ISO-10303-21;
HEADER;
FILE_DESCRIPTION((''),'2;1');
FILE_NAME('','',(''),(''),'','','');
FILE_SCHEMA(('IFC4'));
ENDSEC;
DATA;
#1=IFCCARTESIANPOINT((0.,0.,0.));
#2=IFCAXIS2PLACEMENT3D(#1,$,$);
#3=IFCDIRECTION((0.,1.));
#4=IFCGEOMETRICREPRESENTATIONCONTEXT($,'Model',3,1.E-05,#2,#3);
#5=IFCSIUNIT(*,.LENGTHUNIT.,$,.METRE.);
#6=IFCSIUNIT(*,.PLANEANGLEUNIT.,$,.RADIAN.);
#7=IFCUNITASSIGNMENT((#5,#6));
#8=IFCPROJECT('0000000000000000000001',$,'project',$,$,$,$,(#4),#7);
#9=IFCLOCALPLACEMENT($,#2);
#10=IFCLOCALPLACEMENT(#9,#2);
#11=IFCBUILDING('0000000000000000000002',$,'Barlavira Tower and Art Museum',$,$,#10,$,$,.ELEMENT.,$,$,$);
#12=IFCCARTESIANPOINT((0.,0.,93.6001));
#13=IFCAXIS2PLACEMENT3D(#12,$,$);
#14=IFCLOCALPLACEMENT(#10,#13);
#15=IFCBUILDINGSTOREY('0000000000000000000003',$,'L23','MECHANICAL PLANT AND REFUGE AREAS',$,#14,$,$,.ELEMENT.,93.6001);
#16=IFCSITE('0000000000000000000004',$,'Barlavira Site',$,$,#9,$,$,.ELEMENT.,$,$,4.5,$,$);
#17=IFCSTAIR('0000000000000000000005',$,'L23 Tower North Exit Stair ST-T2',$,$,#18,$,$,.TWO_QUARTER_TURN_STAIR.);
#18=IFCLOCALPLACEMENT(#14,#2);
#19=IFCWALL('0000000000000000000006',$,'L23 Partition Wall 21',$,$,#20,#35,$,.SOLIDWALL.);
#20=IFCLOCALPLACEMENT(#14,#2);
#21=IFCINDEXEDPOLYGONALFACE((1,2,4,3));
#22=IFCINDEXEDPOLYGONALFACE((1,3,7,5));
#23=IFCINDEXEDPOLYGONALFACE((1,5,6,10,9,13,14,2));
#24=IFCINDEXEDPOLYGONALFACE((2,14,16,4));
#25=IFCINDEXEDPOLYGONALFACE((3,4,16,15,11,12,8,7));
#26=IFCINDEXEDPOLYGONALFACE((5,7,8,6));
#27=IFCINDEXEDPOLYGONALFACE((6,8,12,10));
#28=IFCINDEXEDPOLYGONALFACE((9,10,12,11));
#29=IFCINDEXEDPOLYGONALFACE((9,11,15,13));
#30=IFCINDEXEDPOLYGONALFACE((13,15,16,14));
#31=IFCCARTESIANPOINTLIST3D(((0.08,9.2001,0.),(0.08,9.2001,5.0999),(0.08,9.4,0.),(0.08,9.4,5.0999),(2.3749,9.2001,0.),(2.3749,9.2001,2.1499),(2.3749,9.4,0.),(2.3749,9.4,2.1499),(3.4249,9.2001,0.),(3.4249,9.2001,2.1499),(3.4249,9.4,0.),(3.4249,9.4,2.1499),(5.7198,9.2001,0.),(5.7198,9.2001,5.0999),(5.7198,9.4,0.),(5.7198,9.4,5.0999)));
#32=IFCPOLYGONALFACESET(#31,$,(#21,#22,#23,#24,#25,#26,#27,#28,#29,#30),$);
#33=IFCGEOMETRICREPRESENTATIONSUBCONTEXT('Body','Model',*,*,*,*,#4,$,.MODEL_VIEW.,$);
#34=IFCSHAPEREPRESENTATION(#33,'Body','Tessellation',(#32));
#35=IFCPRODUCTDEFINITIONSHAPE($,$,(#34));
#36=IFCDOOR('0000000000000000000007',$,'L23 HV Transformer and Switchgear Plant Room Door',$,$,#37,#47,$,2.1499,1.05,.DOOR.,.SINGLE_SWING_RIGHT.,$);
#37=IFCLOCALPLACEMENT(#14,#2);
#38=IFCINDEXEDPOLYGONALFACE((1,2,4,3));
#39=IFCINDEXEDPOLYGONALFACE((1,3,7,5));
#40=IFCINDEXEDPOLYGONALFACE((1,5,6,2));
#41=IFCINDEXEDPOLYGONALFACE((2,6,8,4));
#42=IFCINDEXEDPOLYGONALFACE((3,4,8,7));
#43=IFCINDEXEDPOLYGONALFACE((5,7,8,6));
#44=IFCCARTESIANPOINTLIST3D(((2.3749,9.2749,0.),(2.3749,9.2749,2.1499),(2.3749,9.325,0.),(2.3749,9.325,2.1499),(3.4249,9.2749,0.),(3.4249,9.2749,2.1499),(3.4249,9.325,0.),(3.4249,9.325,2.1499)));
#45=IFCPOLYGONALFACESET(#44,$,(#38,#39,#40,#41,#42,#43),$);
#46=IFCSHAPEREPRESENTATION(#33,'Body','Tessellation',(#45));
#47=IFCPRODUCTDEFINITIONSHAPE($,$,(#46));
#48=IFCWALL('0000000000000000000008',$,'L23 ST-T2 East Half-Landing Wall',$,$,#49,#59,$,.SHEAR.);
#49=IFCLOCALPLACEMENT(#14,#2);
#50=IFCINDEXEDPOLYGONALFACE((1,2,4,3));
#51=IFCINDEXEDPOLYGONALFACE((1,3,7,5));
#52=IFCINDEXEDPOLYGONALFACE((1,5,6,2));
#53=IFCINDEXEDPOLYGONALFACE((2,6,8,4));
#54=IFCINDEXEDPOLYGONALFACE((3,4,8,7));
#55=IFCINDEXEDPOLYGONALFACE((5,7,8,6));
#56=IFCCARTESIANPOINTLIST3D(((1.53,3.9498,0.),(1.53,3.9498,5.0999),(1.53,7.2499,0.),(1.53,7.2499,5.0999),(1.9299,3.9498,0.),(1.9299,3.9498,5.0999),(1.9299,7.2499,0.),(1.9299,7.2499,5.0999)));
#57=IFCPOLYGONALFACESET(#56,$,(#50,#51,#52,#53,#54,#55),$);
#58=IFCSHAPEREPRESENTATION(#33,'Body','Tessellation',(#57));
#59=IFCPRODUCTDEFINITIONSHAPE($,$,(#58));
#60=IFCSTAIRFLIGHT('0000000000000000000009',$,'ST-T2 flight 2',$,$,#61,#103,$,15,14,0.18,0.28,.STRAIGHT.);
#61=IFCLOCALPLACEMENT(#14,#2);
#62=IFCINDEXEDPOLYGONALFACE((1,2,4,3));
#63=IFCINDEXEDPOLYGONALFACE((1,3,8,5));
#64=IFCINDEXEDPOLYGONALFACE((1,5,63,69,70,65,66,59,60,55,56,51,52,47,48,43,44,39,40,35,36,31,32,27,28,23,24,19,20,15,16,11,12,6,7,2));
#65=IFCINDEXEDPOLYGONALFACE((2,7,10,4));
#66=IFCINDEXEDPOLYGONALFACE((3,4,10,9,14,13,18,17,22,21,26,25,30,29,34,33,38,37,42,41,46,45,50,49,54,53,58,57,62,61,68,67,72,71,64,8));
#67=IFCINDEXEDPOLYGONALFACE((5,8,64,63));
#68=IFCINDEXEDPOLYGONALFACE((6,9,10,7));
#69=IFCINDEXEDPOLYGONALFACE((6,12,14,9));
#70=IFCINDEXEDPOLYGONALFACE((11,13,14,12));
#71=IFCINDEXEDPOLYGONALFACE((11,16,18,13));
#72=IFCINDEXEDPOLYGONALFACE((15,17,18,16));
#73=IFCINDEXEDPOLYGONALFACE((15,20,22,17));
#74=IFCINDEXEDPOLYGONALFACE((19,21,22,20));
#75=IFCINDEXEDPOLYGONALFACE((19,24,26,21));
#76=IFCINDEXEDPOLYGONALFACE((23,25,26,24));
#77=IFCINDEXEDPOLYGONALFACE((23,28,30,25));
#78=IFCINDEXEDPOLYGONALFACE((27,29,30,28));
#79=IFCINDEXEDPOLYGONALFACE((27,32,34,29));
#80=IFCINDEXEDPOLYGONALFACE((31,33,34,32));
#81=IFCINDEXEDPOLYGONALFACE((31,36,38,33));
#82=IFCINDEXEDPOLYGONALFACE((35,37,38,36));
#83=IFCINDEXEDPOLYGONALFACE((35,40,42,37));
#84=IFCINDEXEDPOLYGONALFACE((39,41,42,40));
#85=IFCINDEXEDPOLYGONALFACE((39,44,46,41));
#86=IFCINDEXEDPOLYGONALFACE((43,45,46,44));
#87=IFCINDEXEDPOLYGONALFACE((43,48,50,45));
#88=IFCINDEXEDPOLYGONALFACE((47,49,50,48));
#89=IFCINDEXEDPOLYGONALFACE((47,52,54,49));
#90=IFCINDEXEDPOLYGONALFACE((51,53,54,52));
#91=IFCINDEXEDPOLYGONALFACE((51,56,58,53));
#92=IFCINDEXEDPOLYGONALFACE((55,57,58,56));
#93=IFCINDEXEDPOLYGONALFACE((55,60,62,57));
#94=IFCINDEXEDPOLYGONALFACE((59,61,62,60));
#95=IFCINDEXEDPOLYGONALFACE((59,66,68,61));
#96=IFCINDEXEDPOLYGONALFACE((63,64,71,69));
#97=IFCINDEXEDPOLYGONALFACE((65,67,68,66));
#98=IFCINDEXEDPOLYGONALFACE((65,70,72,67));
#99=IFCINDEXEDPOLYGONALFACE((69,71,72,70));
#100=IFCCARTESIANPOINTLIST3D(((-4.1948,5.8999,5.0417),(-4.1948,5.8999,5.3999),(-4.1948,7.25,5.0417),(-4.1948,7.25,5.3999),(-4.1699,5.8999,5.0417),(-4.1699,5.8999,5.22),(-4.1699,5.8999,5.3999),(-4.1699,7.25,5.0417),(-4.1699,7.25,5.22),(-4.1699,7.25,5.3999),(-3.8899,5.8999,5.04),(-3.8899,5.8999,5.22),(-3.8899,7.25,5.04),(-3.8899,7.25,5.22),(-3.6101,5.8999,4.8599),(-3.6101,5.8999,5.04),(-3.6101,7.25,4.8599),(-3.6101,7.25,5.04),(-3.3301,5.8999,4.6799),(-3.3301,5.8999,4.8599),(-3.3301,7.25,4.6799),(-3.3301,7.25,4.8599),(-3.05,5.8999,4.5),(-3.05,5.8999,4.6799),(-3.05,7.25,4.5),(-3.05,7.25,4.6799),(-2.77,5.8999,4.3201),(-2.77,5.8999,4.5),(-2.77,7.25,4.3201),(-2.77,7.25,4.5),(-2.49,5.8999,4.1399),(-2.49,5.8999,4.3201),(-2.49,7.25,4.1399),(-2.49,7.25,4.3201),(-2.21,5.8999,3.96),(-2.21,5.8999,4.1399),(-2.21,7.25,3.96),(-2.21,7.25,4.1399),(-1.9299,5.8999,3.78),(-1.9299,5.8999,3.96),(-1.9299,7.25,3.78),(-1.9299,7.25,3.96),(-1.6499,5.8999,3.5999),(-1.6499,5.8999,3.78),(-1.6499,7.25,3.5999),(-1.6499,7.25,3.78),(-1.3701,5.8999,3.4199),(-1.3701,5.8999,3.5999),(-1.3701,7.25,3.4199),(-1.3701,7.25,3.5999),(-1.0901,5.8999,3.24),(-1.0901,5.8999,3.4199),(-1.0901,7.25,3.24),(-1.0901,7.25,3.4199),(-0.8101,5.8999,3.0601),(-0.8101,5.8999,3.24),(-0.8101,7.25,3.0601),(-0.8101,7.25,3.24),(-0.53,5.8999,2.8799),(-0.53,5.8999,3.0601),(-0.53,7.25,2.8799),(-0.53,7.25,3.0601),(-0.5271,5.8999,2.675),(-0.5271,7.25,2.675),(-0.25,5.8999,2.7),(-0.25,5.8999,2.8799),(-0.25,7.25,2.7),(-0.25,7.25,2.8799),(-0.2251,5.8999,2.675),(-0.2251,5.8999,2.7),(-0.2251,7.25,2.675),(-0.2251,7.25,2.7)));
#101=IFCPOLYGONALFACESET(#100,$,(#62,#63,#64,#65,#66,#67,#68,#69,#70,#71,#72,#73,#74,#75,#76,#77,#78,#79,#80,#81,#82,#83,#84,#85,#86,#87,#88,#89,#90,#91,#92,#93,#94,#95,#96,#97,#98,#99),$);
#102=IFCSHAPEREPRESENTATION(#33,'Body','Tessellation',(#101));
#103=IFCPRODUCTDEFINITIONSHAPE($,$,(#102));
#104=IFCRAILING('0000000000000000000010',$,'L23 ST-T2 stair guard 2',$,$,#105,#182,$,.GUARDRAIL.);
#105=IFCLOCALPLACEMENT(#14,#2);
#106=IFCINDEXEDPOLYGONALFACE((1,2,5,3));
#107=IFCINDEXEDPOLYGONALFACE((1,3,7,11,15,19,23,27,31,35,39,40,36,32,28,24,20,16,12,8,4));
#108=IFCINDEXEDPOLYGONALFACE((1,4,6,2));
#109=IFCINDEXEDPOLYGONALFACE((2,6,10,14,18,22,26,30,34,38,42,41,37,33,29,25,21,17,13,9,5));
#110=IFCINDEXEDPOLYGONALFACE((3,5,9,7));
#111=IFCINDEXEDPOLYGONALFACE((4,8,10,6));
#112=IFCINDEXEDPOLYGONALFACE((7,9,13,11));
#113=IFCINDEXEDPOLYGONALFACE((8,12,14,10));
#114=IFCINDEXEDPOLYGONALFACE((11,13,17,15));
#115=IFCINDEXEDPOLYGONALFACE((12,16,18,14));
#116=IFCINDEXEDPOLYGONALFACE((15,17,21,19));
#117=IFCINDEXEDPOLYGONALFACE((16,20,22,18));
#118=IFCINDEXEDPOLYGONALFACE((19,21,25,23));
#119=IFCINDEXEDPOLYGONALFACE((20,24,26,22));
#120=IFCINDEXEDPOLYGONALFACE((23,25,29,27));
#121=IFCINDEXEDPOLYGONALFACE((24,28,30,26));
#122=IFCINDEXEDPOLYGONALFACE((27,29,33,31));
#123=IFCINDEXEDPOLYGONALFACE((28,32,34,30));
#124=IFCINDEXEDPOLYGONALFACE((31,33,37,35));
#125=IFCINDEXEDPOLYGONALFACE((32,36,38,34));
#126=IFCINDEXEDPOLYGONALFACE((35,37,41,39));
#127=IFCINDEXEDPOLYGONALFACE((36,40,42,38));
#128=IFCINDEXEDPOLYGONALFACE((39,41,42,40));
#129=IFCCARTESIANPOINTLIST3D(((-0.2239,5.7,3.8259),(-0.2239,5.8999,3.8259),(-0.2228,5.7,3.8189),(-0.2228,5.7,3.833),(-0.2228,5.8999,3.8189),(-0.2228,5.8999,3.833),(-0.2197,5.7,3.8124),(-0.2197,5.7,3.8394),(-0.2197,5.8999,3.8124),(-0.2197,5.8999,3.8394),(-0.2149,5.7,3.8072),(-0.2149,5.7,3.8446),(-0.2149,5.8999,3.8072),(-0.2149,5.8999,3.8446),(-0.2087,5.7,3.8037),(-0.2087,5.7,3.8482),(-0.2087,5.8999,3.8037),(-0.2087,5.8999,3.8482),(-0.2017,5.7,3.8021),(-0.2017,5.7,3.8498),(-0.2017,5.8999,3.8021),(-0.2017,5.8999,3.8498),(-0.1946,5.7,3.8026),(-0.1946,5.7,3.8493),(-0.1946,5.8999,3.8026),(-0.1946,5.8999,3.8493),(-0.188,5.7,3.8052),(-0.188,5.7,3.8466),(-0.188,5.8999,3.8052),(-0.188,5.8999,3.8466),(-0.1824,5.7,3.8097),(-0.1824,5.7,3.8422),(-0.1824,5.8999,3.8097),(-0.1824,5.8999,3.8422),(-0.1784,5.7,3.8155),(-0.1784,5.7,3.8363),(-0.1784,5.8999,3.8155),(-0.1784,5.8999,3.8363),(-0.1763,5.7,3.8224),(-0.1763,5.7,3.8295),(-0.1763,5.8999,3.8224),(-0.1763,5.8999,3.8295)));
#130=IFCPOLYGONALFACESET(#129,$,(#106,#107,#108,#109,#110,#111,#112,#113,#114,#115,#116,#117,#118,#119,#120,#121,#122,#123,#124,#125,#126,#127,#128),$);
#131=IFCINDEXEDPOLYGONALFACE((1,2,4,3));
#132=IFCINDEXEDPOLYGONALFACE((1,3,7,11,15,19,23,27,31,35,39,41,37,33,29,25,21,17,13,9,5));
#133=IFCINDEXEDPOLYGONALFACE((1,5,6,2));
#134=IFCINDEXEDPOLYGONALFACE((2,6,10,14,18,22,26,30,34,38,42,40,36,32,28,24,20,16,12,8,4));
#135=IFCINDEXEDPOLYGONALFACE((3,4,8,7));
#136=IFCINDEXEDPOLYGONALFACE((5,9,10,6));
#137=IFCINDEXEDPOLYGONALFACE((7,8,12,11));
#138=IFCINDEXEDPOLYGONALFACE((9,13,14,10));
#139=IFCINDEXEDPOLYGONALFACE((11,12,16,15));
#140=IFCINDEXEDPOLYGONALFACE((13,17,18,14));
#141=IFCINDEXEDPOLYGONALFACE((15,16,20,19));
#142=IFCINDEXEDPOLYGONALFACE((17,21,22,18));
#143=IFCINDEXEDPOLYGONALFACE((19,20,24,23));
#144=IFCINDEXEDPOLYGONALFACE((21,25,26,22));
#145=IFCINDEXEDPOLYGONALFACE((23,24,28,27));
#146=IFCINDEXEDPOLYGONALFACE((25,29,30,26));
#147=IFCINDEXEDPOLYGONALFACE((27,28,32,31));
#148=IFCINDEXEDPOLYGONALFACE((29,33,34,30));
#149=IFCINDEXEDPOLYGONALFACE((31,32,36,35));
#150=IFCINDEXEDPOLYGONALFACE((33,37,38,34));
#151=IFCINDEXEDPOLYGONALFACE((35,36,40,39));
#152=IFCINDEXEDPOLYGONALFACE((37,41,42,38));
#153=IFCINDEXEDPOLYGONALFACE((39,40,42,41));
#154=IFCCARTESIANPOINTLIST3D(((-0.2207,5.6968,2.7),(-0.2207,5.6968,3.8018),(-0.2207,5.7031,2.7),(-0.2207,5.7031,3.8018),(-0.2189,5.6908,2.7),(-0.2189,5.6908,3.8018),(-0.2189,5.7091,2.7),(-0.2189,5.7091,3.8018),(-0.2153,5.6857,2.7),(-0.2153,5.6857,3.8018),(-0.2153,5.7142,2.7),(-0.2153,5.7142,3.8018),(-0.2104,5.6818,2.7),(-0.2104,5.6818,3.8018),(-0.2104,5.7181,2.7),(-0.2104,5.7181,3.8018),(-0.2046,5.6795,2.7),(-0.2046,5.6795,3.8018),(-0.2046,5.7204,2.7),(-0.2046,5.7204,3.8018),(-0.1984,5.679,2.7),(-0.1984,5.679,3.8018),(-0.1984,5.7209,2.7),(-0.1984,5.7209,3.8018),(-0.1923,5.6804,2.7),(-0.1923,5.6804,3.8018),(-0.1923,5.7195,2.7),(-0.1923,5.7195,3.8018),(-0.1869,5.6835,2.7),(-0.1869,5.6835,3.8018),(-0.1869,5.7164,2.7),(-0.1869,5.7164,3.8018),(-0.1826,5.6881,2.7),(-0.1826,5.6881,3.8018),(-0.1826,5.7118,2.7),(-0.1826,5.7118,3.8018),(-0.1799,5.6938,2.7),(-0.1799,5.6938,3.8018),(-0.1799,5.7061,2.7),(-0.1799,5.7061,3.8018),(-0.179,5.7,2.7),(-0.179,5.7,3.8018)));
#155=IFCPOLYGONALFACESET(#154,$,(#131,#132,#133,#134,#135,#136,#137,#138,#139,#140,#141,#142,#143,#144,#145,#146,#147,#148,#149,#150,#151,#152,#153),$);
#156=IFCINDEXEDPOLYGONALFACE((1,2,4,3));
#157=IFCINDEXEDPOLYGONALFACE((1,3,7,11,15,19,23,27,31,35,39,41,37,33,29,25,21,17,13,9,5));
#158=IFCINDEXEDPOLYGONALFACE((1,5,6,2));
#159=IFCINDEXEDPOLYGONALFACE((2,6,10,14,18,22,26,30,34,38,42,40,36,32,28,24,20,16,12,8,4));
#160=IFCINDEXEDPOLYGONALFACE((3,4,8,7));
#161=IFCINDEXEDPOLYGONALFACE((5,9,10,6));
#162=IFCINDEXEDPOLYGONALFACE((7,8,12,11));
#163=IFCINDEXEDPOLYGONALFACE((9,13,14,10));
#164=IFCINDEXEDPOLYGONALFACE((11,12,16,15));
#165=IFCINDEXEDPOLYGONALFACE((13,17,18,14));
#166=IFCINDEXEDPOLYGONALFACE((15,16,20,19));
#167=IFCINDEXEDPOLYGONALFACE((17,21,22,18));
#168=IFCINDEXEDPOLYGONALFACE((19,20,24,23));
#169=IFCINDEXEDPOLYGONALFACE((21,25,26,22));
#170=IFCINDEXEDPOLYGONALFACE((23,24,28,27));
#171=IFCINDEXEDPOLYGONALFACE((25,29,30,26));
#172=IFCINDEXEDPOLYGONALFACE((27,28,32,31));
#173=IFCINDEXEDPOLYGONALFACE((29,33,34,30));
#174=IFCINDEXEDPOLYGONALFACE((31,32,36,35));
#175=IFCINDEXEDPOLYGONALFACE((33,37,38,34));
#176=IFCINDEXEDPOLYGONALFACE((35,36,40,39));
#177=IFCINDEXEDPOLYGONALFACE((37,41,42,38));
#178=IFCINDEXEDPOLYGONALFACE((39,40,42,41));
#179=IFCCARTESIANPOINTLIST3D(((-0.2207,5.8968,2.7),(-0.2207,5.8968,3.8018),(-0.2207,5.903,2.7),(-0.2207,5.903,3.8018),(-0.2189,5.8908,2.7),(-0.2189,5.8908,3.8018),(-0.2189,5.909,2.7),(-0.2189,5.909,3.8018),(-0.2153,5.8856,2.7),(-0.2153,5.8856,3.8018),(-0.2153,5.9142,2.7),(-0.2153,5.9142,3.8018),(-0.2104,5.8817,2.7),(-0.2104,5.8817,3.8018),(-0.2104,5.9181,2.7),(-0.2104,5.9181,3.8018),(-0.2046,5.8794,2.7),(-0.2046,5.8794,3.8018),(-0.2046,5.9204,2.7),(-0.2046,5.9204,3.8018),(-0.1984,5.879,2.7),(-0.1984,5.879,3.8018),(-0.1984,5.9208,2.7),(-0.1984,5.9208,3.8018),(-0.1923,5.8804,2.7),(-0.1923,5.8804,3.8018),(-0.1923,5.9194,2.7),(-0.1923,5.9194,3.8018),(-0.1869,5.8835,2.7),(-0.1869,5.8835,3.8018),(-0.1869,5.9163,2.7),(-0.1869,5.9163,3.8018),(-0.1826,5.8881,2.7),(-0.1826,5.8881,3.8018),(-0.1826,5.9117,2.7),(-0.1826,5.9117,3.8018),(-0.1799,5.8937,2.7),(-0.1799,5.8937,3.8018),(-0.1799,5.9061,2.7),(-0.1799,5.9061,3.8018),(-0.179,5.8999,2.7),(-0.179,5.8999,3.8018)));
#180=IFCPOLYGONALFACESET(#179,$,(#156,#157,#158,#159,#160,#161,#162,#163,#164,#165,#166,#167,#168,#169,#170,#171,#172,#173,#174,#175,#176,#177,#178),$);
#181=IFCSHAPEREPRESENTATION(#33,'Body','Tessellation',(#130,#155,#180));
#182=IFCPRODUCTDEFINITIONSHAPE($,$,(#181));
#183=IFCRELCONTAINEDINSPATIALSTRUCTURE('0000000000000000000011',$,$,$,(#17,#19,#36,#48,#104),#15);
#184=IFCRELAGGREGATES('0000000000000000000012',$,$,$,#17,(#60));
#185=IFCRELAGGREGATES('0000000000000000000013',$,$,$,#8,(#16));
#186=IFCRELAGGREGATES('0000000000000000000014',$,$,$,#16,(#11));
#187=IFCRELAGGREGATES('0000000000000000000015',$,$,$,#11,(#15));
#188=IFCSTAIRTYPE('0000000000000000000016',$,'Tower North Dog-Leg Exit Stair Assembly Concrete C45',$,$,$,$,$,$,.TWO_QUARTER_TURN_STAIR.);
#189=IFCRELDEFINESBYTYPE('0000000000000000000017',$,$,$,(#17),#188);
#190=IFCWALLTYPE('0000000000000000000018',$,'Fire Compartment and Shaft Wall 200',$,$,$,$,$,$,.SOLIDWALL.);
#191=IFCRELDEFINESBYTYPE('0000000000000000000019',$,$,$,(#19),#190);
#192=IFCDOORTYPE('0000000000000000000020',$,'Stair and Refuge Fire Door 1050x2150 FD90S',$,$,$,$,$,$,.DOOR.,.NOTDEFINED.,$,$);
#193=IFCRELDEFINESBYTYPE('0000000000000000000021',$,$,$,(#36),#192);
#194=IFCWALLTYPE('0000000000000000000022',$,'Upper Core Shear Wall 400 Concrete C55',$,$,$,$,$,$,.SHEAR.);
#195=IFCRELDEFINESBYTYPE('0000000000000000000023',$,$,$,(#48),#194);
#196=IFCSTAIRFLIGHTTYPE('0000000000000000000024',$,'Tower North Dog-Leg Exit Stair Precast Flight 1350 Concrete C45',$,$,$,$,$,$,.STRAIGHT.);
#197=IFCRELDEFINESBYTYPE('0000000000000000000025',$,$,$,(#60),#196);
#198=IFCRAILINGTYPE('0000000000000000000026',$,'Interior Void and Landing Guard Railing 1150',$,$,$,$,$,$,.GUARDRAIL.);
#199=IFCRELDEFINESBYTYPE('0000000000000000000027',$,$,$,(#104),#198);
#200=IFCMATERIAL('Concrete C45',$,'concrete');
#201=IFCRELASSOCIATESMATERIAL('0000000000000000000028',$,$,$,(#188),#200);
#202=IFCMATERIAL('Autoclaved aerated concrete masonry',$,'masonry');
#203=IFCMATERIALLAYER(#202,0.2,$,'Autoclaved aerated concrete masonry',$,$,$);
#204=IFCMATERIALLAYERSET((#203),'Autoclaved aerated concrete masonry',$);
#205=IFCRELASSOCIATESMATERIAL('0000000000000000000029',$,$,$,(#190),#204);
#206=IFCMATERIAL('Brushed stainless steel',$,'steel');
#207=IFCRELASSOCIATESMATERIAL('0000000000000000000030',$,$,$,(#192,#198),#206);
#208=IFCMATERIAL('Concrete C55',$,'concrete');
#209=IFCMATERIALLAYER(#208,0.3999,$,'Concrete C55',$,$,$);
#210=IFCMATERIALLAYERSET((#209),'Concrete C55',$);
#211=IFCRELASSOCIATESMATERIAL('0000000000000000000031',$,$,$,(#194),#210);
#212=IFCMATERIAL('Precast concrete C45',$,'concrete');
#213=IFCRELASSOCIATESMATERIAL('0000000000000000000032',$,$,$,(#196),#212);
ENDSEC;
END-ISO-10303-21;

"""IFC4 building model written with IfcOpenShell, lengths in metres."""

from ifc_helpers import new_model, si_unit, direction, frame, frame_2d, origin, origin_2d, place, context, subcontext, project, spatial, polyline, rectangle, circle, outline, extrude, material, layer, layer_set, type_object, element, fill, aggregate, save


model = new_model("IFC4")

# Units and contexts
model_context = context("Model", 3, precision=1e-05, world=origin(), true_north=direction((0.0, 1.0)))
body_context = subcontext(model_context, "Body", "Model", "MODEL_VIEW")
ifc_project = project(units=[si_unit("LENGTHUNIT", "METRE"), si_unit("PLANEANGLEUNIT", "RADIAN")], contexts=[model_context])

# Site, building, storey
site_placement = place(None, origin())
site = spatial("IfcSite", under=ifc_project, at=site_placement, Name="Barlavira Site", CompositionType="ELEMENT", RefElevation=4.5)
building_placement = place(site_placement, origin())
building = spatial("IfcBuilding", under=site, at=building_placement, Name="Barlavira Tower and Art Museum", CompositionType="ELEMENT")
storey_placement = place(building_placement, frame((0.0, 0.0, 93.6001)))
storey = spatial("IfcBuildingStorey", under=building, at=storey_placement, Name="L23", Description="MECHANICAL PLANT AND REFUGE AREAS", CompositionType="ELEMENT", Elevation=93.6001)

# Shared definitions
ifc_material_1 = material(Name="Concrete C55", Category="concrete")

# Stair
ifc_material_2 = material(Name="Concrete C45", Category="concrete")
stair_type_1 = type_object("IfcStairType", Name="Tower North Dog-Leg Exit Stair Assembly Concrete C45", PredefinedType="TWO_QUARTER_TURN_STAIR", material=ifc_material_2)
stair_1_placement = place(storey_placement, origin())
stair_1 = element("IfcStair", 1, at=stair_1_placement, inside=storey, type_object=stair_type_1, Name="L23 Tower North Exit Stair ST-T2", PredefinedType="TWO_QUARTER_TURN_STAIR")

# Shared definitions
ifc_material_3 = material(Name="Autoclaved aerated concrete masonry", Category="masonry")
ifc_layer_1 = layer(ifc_material_3, 0.2, Name="Autoclaved aerated concrete masonry")
ifc_layer_set_1 = layer_set([ifc_layer_1], Name="Autoclaved aerated concrete masonry")
wall_type_1 = type_object("IfcWallType", Name="Fire Compartment and Shaft Wall 200", PredefinedType="SOLIDWALL", material=ifc_layer_set_1)

# Shared definitions
ifc_material_4 = material(Name="Brushed stainless steel", Category="steel")

# Wall, opening, door
wall_1_placement = place(storey_placement, frame((0.0801, 9.3, 0.0), z_axis=(0.0, 0.0, 1.0), x_axis=(1.0, 0.0, 0.0)))
wall_1 = element("IfcWall", 2, at=wall_1_placement, inside=storey, type_object=wall_type_1, Name="L23 Partition Wall 21", PredefinedType="SOLIDWALL", context=body_context, shape_type="SweptSolid", body=[
    extrude(rectangle(XDim=5.6399, YDim=0.2, at=frame_2d((2.8198, 0.0))), origin(), (0.0, 0.0, 1.0), 5.0999),
])
opening_1_placement = place(wall_1_placement, frame((2.2949, 0.0, 0.0)))
opening_1 = element("IfcOpeningElement", 3, at=opening_1_placement, cuts=wall_1, PredefinedType="OPENING", context=body_context, shape_type="SweptSolid", body=[
    extrude(rectangle(XDim=1.05, YDim=2.1499, at=frame_2d((0.5249, 1.075))), frame((0.0, 0.1099, 0.0), z_axis=(0.0, -1.0, 0.0), x_axis=(1.0, 0.0, 0.0)), (0.0, 0.0, 1.0), 0.22),
])
door_type_1 = type_object("IfcDoorType", Name="Stair and Refuge Fire Door 1050x2150 FD90S", OperationType="NOTDEFINED", PredefinedType="DOOR", material=ifc_material_4)
door_1_placement = place(opening_1_placement, origin())
door_1 = element("IfcDoor", 4, at=door_1_placement, inside=storey, type_object=door_type_1, Name="L23 HV Transformer and Switchgear Plant Room Door", OperationType="SINGLE_SWING_RIGHT", OverallHeight=2.1499, OverallWidth=1.05, PredefinedType="DOOR", context=body_context, shape_type="SweptSolid", body=[
    extrude(rectangle(XDim=1.05, YDim=2.1499, at=frame_2d((0.5249, 1.075))), frame((0.0, 0.0249, 0.0), z_axis=(0.0, -1.0, 0.0), x_axis=(1.0, 0.0, 0.0)), (0.0, 0.0, 1.0), 0.05),
])
fill(opening_1, door_1)

# Wall
ifc_layer_2 = layer(ifc_material_1, 0.3999, Name="Concrete C55")
ifc_layer_set_2 = layer_set([ifc_layer_2], Name="Concrete C55")
wall_type_2 = type_object("IfcWallType", Name="Upper Core Shear Wall 400 Concrete C55", PredefinedType="SHEAR", material=ifc_layer_set_2)
wall_2_placement = place(storey_placement, frame((1.73, 3.95, 0.0), z_axis=(0.0, 0.0, 1.0), x_axis=(0.0, 1.0, 0.0)))
element("IfcWall", 5, at=wall_2_placement, inside=storey, type_object=wall_type_2, Name="L23 ST-T2 East Half-Landing Wall", PredefinedType="SHEAR", context=body_context, shape_type="SweptSolid", body=[
    extrude(rectangle(XDim=3.3, YDim=0.3999, at=frame_2d((1.6499, 0.0))), origin(), (0.0, 0.0, 1.0), 5.0999),
])

# Stair flight
ifc_material_5 = material(Name="Precast concrete C45", Category="concrete")
stair_flight_type = type_object("IfcStairFlightType", Name="Tower North Dog-Leg Exit Stair Precast Flight 1350 Concrete C45", PredefinedType="STRAIGHT", material=ifc_material_5)
stair_flight_placement = place(storey_placement, frame((-0.25, 6.575, 2.7), z_axis=(0.0, 0.0, 1.0), x_axis=(-1.0, 0.0, 0.0)))
stair_flight = element("IfcStairFlight", 6, at=stair_flight_placement, type_object=stair_flight_type, Name="ST-T2 flight 2", NumberOfRisers=15, NumberOfTreads=14, PredefinedType="STRAIGHT", RiserHeight=0.18, TreadLength=0.28, context=body_context, shape_type="SweptSolid", body=[
    extrude(outline(polyline([(-0.0249, 0.0), (0.0, 0.0), (0.0, 0.1799), (0.28, 0.1799), (0.28, 0.3601), (0.5601, 0.3601), (0.5601, 0.54), (0.8401, 0.54), (0.8401, 0.72), (1.1201, 0.72), (1.1201, 0.8999), (1.3999, 0.8999), (1.3999, 1.0801), (1.6799, 1.0801), (1.6799, 1.26), (1.96, 1.26), (1.96, 1.4399), (2.24, 1.4399), (2.24, 1.6201), (2.52, 1.6201), (2.52, 1.8), (2.8, 1.8), (2.8, 1.98), (3.0801, 1.98), (3.0801, 2.1599), (3.3601, 2.1599), (3.3601, 2.3401), (3.6399, 2.3401), (3.6399, 2.52), (3.9199, 2.52), (3.9199, 2.7), (3.9448, 2.7), (3.9448, 2.3418), (3.9199, 2.3418), (0.2771, -0.0249), (-0.0249, -0.0249), (-0.0249, 0.0)])), frame((0.0, 0.675, 0.0), z_axis=(0.0, -1.0, 0.0), x_axis=(1.0, 0.0, 0.0)), (0.0, 0.0, 1.0), 1.3501),
])
aggregate(stair_1, [stair_flight])

# Railing
railing_type_1 = type_object("IfcRailingType", Name="Interior Void and Landing Guard Railing 1150", PredefinedType="GUARDRAIL", material=ifc_material_4)
railing_1_placement = place(storey_placement, frame((-0.2, 5.7, 2.7)))
element("IfcRailing", 7, at=railing_1_placement, inside=storey, type_object=railing_type_1, Name="L23 ST-T2 stair guard 2", PredefinedType="GUARDRAIL", context=body_context, shape_type="SweptSolid", body=[
    extrude(circle(Radius=0.0239, at=origin_2d()), frame((0.0, 0.0, 1.126), z_axis=(0.0, 1.0, 0.0), x_axis=(-1.0, 0.0, 0.0)), (0.0, 0.0, 1.0), 0.2),
    extrude(circle(Radius=0.021, at=origin_2d()), origin(), (0.0, 0.0, 1.0), 1.1018),
    extrude(circle(Radius=0.021, at=origin_2d()), frame((0.0, 0.2, 0.0)), (0.0, 0.0, 1.0), 1.1018),
])

save(model, "model.ifc")
